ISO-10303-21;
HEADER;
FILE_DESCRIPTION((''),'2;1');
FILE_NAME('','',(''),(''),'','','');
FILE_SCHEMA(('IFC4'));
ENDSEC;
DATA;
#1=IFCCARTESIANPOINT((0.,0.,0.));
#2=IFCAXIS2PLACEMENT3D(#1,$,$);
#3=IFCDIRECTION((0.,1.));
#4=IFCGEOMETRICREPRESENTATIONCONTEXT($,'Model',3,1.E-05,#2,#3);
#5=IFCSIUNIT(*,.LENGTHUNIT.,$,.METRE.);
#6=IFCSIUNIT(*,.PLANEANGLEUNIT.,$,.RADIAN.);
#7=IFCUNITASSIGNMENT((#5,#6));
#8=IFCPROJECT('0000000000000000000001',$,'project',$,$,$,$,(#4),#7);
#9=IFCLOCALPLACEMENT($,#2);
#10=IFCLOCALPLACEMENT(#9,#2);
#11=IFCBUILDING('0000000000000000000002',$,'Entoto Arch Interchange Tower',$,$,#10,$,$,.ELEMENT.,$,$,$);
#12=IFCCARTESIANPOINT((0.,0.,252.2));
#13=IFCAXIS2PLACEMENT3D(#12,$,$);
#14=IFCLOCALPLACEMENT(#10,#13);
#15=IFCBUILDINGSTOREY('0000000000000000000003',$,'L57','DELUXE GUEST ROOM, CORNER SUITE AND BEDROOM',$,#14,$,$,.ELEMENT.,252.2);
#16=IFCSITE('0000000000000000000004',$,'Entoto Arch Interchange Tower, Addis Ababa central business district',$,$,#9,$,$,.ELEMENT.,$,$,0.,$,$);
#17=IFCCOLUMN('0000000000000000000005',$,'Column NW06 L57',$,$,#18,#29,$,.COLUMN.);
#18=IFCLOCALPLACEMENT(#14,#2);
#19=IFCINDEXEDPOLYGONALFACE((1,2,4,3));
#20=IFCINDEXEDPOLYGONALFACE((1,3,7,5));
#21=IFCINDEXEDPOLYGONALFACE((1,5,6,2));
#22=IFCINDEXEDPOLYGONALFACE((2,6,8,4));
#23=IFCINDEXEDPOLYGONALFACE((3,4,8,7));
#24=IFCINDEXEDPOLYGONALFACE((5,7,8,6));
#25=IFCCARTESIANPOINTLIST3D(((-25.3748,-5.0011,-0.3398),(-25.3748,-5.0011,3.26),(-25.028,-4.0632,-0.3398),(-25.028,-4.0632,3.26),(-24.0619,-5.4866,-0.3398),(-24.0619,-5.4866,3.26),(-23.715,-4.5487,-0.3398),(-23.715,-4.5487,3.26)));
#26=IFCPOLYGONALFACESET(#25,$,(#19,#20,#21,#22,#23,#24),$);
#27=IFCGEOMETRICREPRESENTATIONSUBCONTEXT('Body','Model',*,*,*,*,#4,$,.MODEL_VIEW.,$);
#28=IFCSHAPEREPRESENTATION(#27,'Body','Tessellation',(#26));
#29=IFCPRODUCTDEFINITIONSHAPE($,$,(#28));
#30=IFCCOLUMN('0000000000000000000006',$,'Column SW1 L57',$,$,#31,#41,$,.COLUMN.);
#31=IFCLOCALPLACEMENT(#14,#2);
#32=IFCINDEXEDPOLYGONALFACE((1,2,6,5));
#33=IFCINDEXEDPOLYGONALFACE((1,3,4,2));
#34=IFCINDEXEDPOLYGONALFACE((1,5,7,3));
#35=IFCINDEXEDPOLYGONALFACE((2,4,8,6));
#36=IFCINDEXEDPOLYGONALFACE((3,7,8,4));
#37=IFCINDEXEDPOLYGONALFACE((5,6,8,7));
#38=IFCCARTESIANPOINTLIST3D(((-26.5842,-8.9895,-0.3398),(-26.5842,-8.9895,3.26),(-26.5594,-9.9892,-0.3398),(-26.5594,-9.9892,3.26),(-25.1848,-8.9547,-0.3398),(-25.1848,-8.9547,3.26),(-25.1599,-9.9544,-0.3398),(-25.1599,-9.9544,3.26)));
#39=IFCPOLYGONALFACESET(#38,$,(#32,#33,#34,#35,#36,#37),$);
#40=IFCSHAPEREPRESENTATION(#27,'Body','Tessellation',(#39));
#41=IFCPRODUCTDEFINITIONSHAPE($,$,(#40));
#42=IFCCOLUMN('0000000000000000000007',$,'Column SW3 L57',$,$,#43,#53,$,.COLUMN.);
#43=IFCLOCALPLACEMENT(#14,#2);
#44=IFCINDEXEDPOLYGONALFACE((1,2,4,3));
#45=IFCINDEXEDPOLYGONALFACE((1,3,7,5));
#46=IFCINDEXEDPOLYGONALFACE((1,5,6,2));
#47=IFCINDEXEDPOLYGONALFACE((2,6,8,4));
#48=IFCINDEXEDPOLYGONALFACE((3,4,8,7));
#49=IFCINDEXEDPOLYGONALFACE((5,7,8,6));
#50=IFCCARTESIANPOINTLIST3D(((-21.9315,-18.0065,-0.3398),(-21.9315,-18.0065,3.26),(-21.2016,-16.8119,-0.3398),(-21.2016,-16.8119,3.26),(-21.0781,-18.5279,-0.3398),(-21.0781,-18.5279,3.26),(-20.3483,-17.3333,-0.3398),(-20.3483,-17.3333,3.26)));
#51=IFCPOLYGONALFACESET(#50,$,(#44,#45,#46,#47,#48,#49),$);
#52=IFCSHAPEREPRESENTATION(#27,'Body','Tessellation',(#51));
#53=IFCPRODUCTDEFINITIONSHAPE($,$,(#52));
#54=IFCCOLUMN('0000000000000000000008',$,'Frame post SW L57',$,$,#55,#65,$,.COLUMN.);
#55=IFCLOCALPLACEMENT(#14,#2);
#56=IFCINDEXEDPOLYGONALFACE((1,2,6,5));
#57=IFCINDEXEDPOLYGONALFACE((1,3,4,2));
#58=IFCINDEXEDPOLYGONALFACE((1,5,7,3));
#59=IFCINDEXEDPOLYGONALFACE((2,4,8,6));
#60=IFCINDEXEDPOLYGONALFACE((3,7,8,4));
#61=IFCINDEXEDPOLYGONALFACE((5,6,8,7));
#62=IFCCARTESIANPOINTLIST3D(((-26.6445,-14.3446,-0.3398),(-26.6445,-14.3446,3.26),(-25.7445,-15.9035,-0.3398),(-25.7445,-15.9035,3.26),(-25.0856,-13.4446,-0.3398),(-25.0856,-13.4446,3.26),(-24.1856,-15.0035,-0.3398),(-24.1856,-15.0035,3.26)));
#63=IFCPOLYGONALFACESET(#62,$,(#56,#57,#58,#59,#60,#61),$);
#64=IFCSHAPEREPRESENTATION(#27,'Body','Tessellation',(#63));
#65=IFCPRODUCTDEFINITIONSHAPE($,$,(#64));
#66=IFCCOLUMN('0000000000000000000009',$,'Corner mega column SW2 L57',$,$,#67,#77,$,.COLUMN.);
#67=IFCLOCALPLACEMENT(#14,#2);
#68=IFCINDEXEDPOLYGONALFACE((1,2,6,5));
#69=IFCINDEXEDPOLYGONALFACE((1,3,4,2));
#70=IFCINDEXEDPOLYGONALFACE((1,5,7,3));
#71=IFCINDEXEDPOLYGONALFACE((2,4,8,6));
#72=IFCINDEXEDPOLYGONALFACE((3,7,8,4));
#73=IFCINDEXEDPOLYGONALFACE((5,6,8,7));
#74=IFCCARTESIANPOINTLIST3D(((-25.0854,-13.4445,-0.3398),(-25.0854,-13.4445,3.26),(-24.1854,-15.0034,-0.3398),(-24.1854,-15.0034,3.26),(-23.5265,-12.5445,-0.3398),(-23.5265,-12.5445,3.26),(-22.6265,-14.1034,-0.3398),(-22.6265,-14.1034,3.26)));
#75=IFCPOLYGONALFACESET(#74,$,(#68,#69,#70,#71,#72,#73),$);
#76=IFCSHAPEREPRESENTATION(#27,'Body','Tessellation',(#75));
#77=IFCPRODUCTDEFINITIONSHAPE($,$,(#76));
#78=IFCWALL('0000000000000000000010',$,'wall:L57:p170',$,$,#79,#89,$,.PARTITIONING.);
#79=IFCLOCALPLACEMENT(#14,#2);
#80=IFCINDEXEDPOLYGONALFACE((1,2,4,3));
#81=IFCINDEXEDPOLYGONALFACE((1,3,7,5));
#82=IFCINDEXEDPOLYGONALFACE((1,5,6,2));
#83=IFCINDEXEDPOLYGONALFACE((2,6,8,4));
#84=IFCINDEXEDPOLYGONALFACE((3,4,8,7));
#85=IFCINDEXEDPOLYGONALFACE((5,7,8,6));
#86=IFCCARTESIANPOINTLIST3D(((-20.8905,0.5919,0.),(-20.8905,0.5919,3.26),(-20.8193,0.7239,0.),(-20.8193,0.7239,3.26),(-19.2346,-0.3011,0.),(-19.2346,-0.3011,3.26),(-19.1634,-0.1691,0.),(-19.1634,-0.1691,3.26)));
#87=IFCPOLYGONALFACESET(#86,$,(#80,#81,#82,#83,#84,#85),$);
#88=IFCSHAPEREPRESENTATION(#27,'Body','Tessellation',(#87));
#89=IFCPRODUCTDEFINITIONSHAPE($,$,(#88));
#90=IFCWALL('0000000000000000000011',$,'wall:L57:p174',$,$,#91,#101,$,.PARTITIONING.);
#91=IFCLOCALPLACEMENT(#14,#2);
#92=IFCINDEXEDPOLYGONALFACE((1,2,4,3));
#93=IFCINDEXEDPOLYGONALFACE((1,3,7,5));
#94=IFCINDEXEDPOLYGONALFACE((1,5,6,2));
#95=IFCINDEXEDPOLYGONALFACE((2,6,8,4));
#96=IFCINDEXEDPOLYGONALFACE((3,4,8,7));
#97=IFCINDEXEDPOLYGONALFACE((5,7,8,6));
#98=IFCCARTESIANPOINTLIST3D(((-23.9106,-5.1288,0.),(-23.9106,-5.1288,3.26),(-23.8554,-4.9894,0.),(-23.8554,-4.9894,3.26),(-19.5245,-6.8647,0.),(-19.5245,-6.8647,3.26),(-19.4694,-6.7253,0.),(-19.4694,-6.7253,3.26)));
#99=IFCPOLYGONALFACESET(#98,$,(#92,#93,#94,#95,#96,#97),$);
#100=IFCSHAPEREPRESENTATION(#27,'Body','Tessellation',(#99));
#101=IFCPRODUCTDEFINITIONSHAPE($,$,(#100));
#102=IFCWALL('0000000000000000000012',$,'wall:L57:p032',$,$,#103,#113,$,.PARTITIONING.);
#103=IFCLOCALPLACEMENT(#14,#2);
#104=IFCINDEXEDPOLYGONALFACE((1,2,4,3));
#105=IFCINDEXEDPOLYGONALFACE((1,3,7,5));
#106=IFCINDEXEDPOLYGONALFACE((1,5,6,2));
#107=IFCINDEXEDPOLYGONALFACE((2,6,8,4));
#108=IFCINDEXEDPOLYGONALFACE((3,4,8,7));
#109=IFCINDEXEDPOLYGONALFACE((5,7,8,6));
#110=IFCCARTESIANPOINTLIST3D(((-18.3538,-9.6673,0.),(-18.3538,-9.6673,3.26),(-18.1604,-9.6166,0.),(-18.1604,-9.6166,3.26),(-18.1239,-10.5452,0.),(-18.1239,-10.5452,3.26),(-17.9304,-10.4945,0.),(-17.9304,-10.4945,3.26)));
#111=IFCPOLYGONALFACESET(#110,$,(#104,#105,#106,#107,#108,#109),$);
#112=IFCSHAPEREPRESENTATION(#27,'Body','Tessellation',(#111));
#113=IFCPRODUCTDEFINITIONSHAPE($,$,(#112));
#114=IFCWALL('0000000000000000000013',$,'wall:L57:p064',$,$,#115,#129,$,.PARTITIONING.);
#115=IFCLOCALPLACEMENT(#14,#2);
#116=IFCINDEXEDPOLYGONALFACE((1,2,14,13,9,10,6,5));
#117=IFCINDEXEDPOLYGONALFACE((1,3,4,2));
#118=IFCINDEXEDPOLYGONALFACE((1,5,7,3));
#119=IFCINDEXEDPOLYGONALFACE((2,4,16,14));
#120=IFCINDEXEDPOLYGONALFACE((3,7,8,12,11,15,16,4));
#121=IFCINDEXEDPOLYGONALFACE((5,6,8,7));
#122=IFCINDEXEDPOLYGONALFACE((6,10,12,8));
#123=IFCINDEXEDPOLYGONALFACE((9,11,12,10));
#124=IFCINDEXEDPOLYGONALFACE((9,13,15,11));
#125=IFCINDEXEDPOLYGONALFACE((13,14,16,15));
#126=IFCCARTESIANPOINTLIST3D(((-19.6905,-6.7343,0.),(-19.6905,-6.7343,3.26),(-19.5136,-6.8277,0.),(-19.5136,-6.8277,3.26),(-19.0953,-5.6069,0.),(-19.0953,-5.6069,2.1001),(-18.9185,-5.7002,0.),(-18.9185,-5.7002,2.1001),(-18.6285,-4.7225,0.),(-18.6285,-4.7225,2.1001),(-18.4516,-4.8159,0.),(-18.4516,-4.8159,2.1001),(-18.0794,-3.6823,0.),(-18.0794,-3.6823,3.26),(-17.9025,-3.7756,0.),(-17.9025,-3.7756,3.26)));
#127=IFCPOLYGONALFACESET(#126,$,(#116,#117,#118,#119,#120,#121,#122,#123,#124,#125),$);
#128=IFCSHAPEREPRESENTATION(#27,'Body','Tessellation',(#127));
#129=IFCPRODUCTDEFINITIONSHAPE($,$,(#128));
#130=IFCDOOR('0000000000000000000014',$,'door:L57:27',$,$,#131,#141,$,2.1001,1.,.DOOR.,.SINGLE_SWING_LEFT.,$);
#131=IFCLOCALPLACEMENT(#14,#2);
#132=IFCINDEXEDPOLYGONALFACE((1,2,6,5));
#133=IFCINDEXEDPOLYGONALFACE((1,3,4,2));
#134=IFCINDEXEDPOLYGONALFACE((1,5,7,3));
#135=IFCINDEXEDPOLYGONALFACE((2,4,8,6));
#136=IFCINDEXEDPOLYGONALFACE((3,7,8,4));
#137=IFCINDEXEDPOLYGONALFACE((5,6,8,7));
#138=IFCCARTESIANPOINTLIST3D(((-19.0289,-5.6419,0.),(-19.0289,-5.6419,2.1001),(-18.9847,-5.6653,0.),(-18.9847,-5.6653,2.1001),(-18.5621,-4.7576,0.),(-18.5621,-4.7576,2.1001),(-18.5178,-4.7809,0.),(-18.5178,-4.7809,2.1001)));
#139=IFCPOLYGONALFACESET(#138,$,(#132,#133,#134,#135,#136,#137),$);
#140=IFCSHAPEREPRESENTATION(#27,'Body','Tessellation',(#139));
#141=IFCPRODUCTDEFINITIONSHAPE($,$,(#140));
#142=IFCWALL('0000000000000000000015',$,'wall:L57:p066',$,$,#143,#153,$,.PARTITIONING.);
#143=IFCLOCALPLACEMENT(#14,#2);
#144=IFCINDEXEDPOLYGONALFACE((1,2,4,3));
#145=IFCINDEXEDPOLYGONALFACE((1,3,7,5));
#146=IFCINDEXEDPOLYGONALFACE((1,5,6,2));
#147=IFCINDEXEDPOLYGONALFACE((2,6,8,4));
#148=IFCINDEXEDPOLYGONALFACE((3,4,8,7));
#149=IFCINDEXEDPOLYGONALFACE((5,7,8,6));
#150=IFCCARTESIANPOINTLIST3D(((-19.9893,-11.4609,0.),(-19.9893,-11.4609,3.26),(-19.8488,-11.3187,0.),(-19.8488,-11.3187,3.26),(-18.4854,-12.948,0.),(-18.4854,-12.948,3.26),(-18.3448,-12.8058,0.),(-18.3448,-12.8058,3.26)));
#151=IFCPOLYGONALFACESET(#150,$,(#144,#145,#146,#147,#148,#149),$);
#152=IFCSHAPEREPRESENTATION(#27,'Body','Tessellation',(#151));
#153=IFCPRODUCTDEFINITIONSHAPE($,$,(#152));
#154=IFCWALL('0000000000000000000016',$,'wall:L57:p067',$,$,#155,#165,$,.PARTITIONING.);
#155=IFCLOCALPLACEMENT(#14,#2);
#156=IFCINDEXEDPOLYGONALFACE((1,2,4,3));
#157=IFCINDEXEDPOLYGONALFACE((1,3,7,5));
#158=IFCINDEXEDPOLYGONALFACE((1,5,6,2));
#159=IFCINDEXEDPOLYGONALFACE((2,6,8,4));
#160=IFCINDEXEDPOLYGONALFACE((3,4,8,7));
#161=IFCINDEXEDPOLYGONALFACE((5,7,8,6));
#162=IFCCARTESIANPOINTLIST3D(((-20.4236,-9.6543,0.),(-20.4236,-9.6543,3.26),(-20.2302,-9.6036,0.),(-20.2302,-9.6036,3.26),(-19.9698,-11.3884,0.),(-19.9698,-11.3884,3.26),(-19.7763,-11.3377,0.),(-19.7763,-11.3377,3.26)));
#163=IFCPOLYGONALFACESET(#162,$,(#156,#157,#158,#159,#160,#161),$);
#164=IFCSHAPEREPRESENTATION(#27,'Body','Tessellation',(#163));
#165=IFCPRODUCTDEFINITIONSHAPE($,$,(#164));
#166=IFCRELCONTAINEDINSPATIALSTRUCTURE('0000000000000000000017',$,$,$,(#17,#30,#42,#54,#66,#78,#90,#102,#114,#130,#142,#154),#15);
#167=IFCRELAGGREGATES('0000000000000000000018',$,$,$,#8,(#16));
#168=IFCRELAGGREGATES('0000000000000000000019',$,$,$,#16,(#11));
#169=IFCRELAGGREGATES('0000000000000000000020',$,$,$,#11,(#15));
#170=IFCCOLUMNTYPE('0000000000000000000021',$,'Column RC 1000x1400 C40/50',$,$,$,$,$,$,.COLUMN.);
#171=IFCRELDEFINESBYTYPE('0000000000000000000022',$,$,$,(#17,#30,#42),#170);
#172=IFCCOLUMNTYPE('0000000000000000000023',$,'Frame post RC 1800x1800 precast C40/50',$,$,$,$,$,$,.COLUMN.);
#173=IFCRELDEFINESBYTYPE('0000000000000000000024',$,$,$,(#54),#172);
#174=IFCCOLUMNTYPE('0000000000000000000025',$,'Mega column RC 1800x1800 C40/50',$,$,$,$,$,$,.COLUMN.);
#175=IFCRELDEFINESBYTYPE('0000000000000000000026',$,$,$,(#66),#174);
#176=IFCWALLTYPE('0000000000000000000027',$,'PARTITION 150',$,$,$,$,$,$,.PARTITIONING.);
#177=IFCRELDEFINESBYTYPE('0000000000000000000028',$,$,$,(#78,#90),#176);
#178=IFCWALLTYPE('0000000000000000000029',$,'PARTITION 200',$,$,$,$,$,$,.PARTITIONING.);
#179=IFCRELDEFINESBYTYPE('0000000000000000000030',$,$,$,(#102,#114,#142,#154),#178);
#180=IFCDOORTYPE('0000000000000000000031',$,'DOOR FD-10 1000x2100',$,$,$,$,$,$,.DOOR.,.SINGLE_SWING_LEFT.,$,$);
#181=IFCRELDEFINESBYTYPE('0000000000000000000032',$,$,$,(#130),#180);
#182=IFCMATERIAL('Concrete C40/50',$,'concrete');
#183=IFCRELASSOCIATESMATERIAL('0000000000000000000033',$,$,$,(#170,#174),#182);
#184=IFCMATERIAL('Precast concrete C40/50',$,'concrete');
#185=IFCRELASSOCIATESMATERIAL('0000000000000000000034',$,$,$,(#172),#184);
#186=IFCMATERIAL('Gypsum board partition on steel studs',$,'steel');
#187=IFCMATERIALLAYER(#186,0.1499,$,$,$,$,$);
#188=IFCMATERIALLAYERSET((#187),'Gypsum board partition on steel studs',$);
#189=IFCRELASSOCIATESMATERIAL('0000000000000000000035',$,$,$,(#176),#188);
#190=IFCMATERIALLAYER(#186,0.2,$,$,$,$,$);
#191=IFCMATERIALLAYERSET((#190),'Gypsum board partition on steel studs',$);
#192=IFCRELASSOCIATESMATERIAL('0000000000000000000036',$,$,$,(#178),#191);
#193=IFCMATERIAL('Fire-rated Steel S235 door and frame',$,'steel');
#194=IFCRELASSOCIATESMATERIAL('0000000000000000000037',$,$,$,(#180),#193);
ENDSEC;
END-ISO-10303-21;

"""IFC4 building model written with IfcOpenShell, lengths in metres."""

from ifc_helpers import new_model, si_unit, direction, frame, frame_2d, origin, origin_2d, place, context, subcontext, project, spatial, rectangle, extrude, material, layer, layer_set, material_profile, profile_set, type_object, element, fill, save


model = new_model("IFC4")

# Units and contexts
model_context = context("Model", 3, precision=1e-05, world=origin(), true_north=direction((0.0, 1.0)))
body_context = subcontext(model_context, "Body", "Model", "MODEL_VIEW")
ifc_project = project(units=[si_unit("LENGTHUNIT", "METRE"), si_unit("PLANEANGLEUNIT", "RADIAN")], contexts=[model_context])

# Site, building, storey
site_placement = place(None, origin())
site = spatial("IfcSite", under=ifc_project, at=site_placement, Name="Entoto Arch Interchange Tower, Addis Ababa central business district", CompositionType="ELEMENT", RefElevation=0.0)
building_placement = place(site_placement, origin())
building = spatial("IfcBuilding", under=site, at=building_placement, Name="Entoto Arch Interchange Tower", CompositionType="ELEMENT")
storey_placement = place(building_placement, frame((0.0, 0.0, 252.2)))
storey = spatial("IfcBuildingStorey", under=building, at=storey_placement, Name="L57", Description="DELUXE GUEST ROOM, CORNER SUITE AND BEDROOM", CompositionType="ELEMENT", Elevation=252.2)

# Columns
ifc_material_1 = material(Name="Concrete C40/50", Category="concrete")
ifc_material_profile_1 = material_profile(ifc_material_1, rectangle(XDim=1.0, YDim=1.3999, at=origin_2d()))
ifc_profile_set_1 = profile_set([ifc_material_profile_1], Name="Concrete C40/50")
column_type_1 = type_object("IfcColumnType", Name="Column RC 1000x1400 C40/50", PredefinedType="COLUMN", material=ifc_profile_set_1)
for number, where, z_axis, x_axis, name in (
    (1, (-24.5449, -4.7749, -0.3398), (0.0, 0.0, 1.0), (0.346854, 0.937919, 0.0), "Column NW06 L57"),
    (2, (-25.8721, -9.4719, -0.3398), (0.0, 0.0, 1.0), (-0.024833, 0.999692, 0.0), "Column SW1 L57"),
    (3, (-21.1399, -17.6699, -0.3398), (0.0, 0.0, 1.0), (-0.853342, 0.521352, 0.0), "Column SW3 L57"),
):
    element("IfcColumn", number, at=place(storey_placement, frame(where, z_axis=z_axis, x_axis=x_axis)), inside=storey, type_object=column_type_1, Name=name, PredefinedType="COLUMN", context=body_context, shape_type="SweptSolid", body=[
        extrude(rectangle(XDim=1.0, YDim=1.3999, at=origin_2d()), origin(), (0.0, 0.0, 1.0), 3.5999),
    ])
ifc_material_2 = material(Name="Precast concrete C40/50", Category="concrete")
ifc_material_profile_2 = material_profile(ifc_material_2, rectangle(XDim=1.8, YDim=1.8, at=origin_2d()))
ifc_profile_set_2 = profile_set([ifc_material_profile_2], Name="Precast concrete C40/50")
column_type_2 = type_object("IfcColumnType", Name="Frame post RC 1800x1800 precast C40/50", PredefinedType="COLUMN", material=ifc_profile_set_2)
column_1_placement = place(storey_placement, frame((-25.415, -14.6741, -0.3398), z_axis=(0.0, 0.0, 1.0), x_axis=(0.866025, 0.5, 0.0)))
element("IfcColumn", 4, at=column_1_placement, inside=storey, type_object=column_type_2, Name="Frame post SW L57", PredefinedType="COLUMN", context=body_context, shape_type="SweptSolid", body=[
    extrude(rectangle(XDim=1.8, YDim=1.8, at=origin_2d()), origin(), (0.0, 0.0, 1.0), 3.5999),
])
ifc_material_profile_3 = material_profile(ifc_material_1, rectangle(XDim=1.8, YDim=1.8, at=origin_2d()))
ifc_profile_set_3 = profile_set([ifc_material_profile_3], Name="Concrete C40/50")
column_type_3 = type_object("IfcColumnType", Name="Mega column RC 1800x1800 C40/50", PredefinedType="COLUMN", material=ifc_profile_set_3)
column_2_placement = place(storey_placement, frame((-23.856, -13.7739, -0.3398), z_axis=(0.0, 0.0, 1.0), x_axis=(0.866025, 0.5, 0.0)))
element("IfcColumn", 5, at=column_2_placement, inside=storey, type_object=column_type_3, Name="Corner mega column SW2 L57", PredefinedType="COLUMN", context=body_context, shape_type="SweptSolid", body=[
    extrude(rectangle(XDim=1.8, YDim=1.8, at=origin_2d()), origin(), (0.0, 0.0, 1.0), 3.5999),
])

# Walls
ifc_material_3 = material(Name="Gypsum board partition on steel studs", Category="steel")
ifc_layer_1 = layer(ifc_material_3, 0.1499)
ifc_layer_set_1 = layer_set([ifc_layer_1], Name="Gypsum board partition on steel studs")
wall_type_1 = type_object("IfcWallType", Name="PARTITION 150", PredefinedType="PARTITIONING", material=ifc_layer_set_1)
wall_1_placement = place(storey_placement, frame((-19.199, -0.2351, 0.0), z_axis=(0.0, 0.0, 1.0), x_axis=(-0.880167, 0.474665, 0.0)))
element("IfcWall", 6, at=wall_1_placement, inside=storey, type_object=wall_type_1, Name="wall:L57:p170", PredefinedType="PARTITIONING", context=body_context, shape_type="SweptSolid", body=[
    extrude(rectangle(XDim=1.8813, YDim=0.1499, at=frame_2d((0.9407, 0.0))), origin(), (0.0, 0.0, 1.0), 3.26),
])
wall_2_placement = place(storey_placement, frame((-19.4971, -6.7949, 0.0), z_axis=(0.0, 0.0, 1.0), x_axis=(-0.929827, 0.367997, 0.0)))
element("IfcWall", 7, at=wall_2_placement, inside=storey, type_object=wall_type_1, Name="wall:L57:p174", PredefinedType="PARTITIONING", context=body_context, shape_type="SweptSolid", body=[
    extrude(rectangle(XDim=4.717, YDim=0.1499, at=frame_2d((2.3584, 0.0))), origin(), (0.0, 0.0, 1.0), 3.26),
])
ifc_layer_2 = layer(ifc_material_3, 0.2)
ifc_layer_set_2 = layer_set([ifc_layer_2], Name="Gypsum board partition on steel studs")
wall_type_2 = type_object("IfcWallType", Name="PARTITION 200", PredefinedType="PARTITIONING", material=ifc_layer_set_2)
wall_3_placement = place(storey_placement, frame((-18.2571, -9.6421, 0.0), z_axis=(0.0, 0.0, 1.0), x_axis=(0.253407, -0.96736, 0.0)))
element("IfcWall", 8, at=wall_3_placement, inside=storey, type_object=wall_type_2, Name="wall:L57:p032", PredefinedType="PARTITIONING", context=body_context, shape_type="SweptSolid", body=[
    extrude(rectangle(XDim=0.9075, YDim=0.2, at=frame_2d((0.4536, 0.0))), origin(), (0.0, 0.0, 1.0), 3.26),
])

# Wall, opening, door
wall_4_placement = place(storey_placement, frame((-19.6021, -6.781, 0.0), z_axis=(0.0, 0.0, 1.0), x_axis=(0.466828, 0.884348, 0.0)))
wall_4 = element("IfcWall", 9, at=wall_4_placement, inside=storey, type_object=wall_type_2, Name="wall:L57:p064", PredefinedType="PARTITIONING", context=body_context, shape_type="SweptSolid", body=[
    extrude(rectangle(XDim=3.4512, YDim=0.2, at=frame_2d((1.7256, 0.0))), origin(), (0.0, 0.0, 1.0), 3.26),
])
opening_1_placement = place(wall_4_placement, frame((1.2749, 0.0, 0.0)))
opening_1 = element("IfcOpeningElement", 10, at=opening_1_placement, cuts=wall_4, PredefinedType="OPENING", context=body_context, shape_type="SweptSolid", body=[
    extrude(rectangle(XDim=1.0, YDim=2.1001, at=frame_2d((0.5, 1.05))), frame((0.0, 0.1099, 0.0), z_axis=(0.0, -1.0, 0.0), x_axis=(1.0, 0.0, 0.0)), (0.0, 0.0, 1.0), 0.22),
])
ifc_material_4 = material(Name="Fire-rated Steel S235 door and frame", Category="steel")
door_type_1 = type_object("IfcDoorType", Name="DOOR FD-10 1000x2100", OperationType="SINGLE_SWING_LEFT", PredefinedType="DOOR", material=ifc_material_4)
door_1_placement = place(opening_1_placement, origin())
door_1 = element("IfcDoor", 11, at=door_1_placement, inside=storey, type_object=door_type_1, Name="door:L57:27", OperationType="SINGLE_SWING_LEFT", OverallHeight=2.1001, OverallWidth=1.0, PredefinedType="DOOR", context=body_context, shape_type="SweptSolid", body=[
    extrude(rectangle(XDim=1.0, YDim=2.1001, at=frame_2d((0.5, 1.05))), frame((0.0, 0.0249, 0.0), z_axis=(0.0, -1.0, 0.0), x_axis=(1.0, 0.0, 0.0)), (0.0, 0.0, 1.0), 0.05),
])
fill(opening_1, door_1)

# Walls
wall_5_placement = place(storey_placement, frame((-18.415, -12.877, 0.0), z_axis=(0.0, 0.0, 1.0), x_axis=(-0.711078, 0.703113, 0.0)))
element("IfcWall", 12, at=wall_5_placement, inside=storey, type_object=wall_type_2, Name="wall:L57:p066", PredefinedType="PARTITIONING", context=body_context, shape_type="SweptSolid", body=[
    extrude(rectangle(XDim=2.115, YDim=0.2, at=frame_2d((1.0576, 0.0))), origin(), (0.0, 0.0, 1.0), 3.26),
])
wall_6_placement = place(storey_placement, frame((-19.873, -11.363, 0.0), z_axis=(0.0, 0.0, 1.0), x_axis=(-0.253192, 0.967416, 0.0)))
element("IfcWall", 13, at=wall_6_placement, inside=storey, type_object=wall_type_2, Name="wall:L57:p067", PredefinedType="PARTITIONING", context=body_context, shape_type="SweptSolid", body=[
    extrude(rectangle(XDim=1.7925, YDim=0.2, at=frame_2d((0.8962, 0.0))), origin(), (0.0, 0.0, 1.0), 3.26),
])

save(model, "model.ifc")
